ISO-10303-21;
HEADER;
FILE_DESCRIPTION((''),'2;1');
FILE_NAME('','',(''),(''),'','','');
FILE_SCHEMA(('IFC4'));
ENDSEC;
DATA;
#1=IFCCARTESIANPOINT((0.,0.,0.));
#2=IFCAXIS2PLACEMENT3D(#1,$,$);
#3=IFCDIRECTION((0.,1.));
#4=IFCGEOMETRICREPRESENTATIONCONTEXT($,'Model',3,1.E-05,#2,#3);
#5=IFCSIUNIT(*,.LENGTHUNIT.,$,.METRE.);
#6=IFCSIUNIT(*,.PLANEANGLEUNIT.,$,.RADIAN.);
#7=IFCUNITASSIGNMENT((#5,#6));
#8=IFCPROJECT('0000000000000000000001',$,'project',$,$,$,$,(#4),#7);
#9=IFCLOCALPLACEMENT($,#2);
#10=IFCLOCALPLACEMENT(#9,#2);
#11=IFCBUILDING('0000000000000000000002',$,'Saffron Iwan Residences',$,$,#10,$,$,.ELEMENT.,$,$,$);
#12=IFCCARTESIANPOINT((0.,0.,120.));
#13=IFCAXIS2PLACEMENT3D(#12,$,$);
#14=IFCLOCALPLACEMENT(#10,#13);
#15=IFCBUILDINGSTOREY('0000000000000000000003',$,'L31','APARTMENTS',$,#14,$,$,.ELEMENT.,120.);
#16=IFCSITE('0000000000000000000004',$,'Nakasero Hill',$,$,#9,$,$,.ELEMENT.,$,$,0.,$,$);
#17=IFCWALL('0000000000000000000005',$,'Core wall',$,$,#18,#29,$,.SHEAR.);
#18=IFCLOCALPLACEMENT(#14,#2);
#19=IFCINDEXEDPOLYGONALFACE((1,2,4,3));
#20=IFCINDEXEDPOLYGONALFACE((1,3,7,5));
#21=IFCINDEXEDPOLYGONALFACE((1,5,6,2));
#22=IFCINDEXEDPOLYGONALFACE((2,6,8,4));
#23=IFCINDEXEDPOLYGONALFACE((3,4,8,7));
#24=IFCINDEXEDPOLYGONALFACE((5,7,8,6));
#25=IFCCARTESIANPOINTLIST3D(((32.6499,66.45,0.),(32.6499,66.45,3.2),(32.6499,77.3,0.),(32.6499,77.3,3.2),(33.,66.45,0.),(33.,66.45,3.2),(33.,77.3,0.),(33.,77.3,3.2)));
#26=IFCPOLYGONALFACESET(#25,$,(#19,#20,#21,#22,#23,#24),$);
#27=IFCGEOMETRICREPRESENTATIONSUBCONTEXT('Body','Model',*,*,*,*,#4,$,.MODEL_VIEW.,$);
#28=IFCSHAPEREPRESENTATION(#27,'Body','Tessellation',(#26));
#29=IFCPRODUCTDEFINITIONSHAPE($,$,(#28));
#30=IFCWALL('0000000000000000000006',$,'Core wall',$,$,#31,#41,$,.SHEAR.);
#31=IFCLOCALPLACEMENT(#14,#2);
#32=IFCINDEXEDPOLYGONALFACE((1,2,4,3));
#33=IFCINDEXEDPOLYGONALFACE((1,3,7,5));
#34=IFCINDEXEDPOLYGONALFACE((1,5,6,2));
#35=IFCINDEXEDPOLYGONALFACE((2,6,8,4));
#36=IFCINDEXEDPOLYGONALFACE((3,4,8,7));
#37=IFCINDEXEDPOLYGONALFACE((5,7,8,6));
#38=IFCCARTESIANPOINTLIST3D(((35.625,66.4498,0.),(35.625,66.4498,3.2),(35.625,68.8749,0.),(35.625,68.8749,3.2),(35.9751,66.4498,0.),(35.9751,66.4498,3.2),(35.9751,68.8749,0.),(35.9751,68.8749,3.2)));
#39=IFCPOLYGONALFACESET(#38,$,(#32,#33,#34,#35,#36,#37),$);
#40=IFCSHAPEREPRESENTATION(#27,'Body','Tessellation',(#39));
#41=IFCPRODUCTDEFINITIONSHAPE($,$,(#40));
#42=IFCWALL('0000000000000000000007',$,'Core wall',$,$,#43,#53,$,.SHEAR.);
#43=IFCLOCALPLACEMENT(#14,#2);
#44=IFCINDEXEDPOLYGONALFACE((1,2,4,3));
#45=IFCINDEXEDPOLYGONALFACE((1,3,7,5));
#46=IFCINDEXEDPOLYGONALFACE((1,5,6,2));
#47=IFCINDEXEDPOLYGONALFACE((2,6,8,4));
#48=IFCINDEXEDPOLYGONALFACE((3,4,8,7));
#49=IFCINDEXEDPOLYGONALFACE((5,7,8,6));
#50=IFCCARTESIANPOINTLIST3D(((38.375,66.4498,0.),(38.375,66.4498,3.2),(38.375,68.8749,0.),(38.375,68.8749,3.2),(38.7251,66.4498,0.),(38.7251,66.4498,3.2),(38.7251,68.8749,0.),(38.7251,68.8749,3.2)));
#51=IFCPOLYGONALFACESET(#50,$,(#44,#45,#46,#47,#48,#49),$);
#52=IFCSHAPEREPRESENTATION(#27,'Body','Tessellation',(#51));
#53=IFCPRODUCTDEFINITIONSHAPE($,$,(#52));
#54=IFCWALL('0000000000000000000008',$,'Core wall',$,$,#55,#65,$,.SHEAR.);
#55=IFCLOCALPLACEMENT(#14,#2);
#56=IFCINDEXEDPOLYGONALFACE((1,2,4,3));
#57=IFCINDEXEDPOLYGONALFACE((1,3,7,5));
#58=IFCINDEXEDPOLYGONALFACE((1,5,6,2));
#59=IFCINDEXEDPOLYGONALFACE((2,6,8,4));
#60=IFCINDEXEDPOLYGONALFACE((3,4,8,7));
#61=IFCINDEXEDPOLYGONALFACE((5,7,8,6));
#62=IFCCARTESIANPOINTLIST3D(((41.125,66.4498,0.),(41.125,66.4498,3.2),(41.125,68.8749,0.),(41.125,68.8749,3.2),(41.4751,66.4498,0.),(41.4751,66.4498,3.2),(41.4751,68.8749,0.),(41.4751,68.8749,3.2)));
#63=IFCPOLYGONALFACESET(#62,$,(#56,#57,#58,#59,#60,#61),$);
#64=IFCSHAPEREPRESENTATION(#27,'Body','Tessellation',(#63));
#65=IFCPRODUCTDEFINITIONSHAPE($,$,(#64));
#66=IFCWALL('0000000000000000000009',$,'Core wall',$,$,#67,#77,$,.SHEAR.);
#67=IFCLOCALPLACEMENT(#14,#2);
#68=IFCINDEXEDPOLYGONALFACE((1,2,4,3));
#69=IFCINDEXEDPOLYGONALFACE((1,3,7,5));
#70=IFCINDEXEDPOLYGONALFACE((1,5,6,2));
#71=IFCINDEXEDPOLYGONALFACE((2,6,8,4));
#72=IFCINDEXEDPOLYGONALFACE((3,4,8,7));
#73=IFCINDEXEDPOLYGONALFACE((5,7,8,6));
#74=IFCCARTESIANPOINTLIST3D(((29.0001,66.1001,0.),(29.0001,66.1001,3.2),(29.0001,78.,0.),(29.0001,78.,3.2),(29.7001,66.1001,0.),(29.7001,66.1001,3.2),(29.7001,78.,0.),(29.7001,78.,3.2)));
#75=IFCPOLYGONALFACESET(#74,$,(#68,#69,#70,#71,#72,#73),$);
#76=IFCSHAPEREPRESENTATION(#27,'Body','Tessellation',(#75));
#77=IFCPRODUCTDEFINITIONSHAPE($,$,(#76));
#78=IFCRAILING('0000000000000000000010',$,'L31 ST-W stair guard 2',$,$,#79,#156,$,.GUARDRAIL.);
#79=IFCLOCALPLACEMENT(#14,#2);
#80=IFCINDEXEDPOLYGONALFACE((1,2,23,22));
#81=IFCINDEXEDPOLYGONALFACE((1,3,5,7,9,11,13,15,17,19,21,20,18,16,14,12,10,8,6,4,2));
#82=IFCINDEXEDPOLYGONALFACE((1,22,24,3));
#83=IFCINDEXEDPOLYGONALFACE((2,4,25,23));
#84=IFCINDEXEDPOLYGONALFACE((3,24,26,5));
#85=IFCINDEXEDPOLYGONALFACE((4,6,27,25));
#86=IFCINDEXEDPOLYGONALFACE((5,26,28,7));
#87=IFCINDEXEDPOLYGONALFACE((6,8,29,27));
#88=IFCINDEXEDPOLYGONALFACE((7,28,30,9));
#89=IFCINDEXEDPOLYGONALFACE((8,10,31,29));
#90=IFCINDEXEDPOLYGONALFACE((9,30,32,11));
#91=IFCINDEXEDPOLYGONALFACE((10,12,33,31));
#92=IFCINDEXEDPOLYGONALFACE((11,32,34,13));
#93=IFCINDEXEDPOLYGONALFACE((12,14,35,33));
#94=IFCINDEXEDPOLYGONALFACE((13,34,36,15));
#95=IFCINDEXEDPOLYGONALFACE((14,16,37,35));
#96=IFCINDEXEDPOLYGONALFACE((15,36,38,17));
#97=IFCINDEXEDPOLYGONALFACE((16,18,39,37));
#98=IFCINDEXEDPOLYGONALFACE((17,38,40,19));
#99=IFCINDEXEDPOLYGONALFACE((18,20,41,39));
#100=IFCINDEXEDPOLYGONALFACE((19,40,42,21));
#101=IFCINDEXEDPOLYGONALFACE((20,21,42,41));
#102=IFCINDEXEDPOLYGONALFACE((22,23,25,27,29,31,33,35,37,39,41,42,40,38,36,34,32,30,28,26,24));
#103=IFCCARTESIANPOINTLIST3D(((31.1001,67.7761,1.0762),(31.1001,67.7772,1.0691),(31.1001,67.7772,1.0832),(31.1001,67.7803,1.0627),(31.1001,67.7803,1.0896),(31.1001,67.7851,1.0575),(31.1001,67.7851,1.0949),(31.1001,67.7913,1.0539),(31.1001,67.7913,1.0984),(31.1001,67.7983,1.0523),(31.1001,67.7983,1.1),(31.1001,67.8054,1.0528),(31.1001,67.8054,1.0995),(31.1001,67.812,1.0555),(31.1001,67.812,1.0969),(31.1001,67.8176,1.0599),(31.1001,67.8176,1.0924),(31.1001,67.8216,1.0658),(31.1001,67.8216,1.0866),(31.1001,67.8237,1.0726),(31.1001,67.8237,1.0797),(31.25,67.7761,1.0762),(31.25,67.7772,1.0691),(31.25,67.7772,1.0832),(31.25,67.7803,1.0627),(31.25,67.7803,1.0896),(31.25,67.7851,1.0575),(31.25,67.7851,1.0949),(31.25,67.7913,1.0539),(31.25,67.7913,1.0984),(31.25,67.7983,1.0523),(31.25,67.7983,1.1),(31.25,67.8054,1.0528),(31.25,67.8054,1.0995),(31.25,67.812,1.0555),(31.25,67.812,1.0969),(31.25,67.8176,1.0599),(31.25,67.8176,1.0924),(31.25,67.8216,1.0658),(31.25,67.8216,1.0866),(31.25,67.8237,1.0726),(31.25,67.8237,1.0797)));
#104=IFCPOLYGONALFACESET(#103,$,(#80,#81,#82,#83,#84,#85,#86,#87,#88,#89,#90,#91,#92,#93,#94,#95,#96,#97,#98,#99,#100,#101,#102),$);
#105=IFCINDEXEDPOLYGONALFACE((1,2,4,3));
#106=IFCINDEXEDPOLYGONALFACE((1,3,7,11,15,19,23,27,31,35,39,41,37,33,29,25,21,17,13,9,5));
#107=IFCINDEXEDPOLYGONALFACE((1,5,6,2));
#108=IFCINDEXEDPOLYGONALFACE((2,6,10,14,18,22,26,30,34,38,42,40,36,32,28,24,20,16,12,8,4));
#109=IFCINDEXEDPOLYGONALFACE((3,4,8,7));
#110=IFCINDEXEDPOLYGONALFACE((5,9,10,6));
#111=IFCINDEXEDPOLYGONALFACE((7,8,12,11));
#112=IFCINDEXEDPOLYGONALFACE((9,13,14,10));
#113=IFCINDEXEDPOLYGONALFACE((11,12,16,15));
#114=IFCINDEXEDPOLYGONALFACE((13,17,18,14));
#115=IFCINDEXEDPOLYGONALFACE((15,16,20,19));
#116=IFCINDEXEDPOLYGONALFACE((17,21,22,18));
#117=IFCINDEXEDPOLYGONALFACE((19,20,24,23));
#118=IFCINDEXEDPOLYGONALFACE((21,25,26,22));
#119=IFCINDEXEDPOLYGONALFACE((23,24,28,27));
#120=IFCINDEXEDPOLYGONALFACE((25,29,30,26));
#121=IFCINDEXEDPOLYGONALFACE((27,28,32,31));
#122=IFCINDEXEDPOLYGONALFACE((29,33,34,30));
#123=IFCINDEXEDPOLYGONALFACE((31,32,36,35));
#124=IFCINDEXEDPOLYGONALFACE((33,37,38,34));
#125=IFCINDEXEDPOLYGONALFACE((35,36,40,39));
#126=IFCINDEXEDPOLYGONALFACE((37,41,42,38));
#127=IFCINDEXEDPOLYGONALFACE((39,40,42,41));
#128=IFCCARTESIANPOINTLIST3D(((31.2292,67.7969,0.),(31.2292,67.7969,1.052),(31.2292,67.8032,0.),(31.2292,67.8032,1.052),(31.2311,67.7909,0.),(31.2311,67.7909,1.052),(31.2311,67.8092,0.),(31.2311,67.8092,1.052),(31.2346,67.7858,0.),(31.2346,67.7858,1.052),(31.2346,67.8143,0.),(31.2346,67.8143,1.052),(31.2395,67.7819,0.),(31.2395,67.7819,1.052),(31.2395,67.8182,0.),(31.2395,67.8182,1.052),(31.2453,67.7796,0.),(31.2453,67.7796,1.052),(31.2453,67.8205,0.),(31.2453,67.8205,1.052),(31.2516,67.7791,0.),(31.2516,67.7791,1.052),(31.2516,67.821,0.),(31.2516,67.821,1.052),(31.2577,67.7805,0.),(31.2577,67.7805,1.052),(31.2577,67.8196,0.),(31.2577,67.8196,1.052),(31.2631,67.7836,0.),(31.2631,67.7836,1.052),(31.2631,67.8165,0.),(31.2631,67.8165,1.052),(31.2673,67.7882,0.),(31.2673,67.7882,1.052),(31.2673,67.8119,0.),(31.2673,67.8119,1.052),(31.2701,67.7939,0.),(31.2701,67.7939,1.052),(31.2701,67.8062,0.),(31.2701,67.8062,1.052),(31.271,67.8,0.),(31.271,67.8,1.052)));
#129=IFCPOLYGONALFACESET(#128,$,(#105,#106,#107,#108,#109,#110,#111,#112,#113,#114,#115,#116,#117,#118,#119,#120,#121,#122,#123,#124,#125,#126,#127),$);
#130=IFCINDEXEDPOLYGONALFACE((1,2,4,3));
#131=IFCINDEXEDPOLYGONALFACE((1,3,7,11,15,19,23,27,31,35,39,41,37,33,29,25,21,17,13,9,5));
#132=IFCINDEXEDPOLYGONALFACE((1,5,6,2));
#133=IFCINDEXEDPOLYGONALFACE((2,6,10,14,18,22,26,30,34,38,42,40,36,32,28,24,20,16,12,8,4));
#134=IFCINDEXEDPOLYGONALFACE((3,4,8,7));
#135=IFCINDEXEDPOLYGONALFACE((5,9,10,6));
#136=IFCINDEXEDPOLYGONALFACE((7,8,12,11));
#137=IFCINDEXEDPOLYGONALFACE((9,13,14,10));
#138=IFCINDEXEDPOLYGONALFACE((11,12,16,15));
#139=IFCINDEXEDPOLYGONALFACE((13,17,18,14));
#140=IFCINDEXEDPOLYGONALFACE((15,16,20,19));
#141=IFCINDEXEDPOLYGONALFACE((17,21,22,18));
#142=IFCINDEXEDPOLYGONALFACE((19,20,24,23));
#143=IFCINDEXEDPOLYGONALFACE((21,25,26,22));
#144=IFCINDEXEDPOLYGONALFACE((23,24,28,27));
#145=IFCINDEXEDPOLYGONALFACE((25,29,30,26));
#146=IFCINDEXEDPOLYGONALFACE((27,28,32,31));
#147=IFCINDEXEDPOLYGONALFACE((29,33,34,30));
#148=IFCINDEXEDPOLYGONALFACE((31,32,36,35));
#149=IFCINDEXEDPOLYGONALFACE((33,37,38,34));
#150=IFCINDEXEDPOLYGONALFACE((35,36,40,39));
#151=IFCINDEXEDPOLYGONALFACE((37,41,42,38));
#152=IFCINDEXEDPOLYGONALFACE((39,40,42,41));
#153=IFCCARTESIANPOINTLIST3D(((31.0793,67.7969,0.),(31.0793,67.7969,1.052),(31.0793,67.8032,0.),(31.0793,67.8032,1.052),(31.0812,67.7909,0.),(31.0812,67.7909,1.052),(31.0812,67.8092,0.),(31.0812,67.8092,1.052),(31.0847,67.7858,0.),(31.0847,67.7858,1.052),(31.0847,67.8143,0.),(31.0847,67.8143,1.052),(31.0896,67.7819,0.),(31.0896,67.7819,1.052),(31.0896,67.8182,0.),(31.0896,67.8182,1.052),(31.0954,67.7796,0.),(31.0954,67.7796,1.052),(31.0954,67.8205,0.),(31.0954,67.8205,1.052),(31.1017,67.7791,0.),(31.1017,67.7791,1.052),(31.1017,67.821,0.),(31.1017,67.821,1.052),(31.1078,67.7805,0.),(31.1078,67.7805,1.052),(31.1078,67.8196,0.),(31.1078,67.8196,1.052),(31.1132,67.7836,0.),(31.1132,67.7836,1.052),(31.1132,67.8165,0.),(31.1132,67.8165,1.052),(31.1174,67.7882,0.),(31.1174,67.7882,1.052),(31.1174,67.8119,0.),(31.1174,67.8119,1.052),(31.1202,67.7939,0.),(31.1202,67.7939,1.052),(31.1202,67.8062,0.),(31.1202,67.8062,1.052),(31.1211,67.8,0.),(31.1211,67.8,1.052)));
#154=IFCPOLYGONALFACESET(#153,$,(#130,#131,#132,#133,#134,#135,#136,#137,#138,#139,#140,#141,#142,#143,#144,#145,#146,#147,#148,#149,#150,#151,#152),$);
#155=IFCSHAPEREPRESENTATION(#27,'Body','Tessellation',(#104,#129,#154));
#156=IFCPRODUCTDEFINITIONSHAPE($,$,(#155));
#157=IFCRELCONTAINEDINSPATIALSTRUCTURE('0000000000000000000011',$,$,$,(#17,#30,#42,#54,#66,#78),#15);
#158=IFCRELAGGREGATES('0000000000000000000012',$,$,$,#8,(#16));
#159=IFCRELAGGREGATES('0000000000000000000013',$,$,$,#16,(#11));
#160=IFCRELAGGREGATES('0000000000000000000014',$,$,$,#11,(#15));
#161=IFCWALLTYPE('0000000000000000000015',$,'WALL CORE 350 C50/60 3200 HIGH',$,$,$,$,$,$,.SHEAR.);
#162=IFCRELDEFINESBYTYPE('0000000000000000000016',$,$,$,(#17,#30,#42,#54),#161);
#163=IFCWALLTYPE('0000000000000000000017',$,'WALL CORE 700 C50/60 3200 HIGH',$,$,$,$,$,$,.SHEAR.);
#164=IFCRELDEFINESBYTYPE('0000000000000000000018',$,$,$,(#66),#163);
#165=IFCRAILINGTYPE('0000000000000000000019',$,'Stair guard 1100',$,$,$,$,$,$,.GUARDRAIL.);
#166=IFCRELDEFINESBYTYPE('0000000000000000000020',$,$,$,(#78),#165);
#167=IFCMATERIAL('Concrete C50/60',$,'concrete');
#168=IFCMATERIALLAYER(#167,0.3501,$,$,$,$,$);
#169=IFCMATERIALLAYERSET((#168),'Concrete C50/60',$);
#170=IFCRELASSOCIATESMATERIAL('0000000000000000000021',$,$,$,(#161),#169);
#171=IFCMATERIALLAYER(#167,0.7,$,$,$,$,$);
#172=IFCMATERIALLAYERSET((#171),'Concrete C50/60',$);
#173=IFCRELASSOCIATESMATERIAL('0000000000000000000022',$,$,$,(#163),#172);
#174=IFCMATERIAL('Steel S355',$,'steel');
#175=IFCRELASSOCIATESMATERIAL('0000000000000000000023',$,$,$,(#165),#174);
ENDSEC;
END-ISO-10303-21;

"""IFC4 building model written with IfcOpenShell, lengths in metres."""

from ifc_helpers import new_model, si_unit, direction, frame, frame_2d, origin, origin_2d, place, context, subcontext, project, spatial, rectangle, circle, extrude, material, layer, layer_set, type_object, element, save


model = new_model("IFC4")

# Units and contexts
model_context = context("Model", 3, precision=1e-05, world=origin(), true_north=direction((0.0, 1.0)))
body_context = subcontext(model_context, "Body", "Model", "MODEL_VIEW")
ifc_project = project(units=[si_unit("LENGTHUNIT", "METRE"), si_unit("PLANEANGLEUNIT", "RADIAN")], contexts=[model_context])

# Site, building, storey
site_placement = place(None, origin())
site = spatial("IfcSite", under=ifc_project, at=site_placement, Name="Nakasero Hill", CompositionType="ELEMENT", RefElevation=0.0)
building_placement = place(site_placement, origin())
building = spatial("IfcBuilding", under=site, at=building_placement, Name="Saffron Iwan Residences", CompositionType="ELEMENT")
storey_placement = place(building_placement, frame((0.0, 0.0, 120.0)))
storey = spatial("IfcBuildingStorey", under=building, at=storey_placement, Name="L31", Description="APARTMENTS", CompositionType="ELEMENT", Elevation=120.0)

# Shared definitions
ifc_material_1 = material(Name="Concrete C50/60", Category="concrete")

# Shared definitions
ifc_layer_1 = layer(ifc_material_1, 0.3501)
ifc_layer_set_1 = layer_set([ifc_layer_1], Name="Concrete C50/60")
wall_type_1 = type_object("IfcWallType", Name="WALL CORE 350 C50/60 3200 HIGH", PredefinedType="SHEAR", material=ifc_layer_set_1)

# Walls
wall_1_placement = place(storey_placement, frame((32.825, 66.45, 0.0), z_axis=(0.0, 0.0, 1.0), x_axis=(0.0, 1.0, 0.0)))
element("IfcWall", 1, at=wall_1_placement, inside=storey, type_object=wall_type_1, Name="Core wall", PredefinedType="SHEAR", context=body_context, shape_type="SweptSolid", body=[
    extrude(rectangle(XDim=10.8501, YDim=0.3501, at=frame_2d((5.425, 0.0))), origin(), (0.0, 0.0, 1.0), 3.2),
])
for number, where, z_axis, x_axis, name in (
    (2, (35.8, 66.45, 0.0), (0.0, 0.0, 1.0), (0.0, 1.0, 0.0), "Core wall"),
    (3, (38.55, 66.45, 0.0), (0.0, 0.0, 1.0), (0.0, 1.0, 0.0), "Core wall"),
    (4, (41.3, 66.45, 0.0), (0.0, 0.0, 1.0), (0.0, 1.0, 0.0), "Core wall"),
):
    element("IfcWall", number, at=place(storey_placement, frame(where, z_axis=z_axis, x_axis=x_axis)), inside=storey, type_object=wall_type_1, Name=name, PredefinedType="SHEAR", context=body_context, shape_type="SweptSolid", body=[
        extrude(rectangle(XDim=2.425, YDim=0.3501, at=frame_2d((1.2124, 0.0))), origin(), (0.0, 0.0, 1.0), 3.2),
    ])
ifc_layer_2 = layer(ifc_material_1, 0.7)
ifc_layer_set_2 = layer_set([ifc_layer_2], Name="Concrete C50/60")
wall_type_2 = type_object("IfcWallType", Name="WALL CORE 700 C50/60 3200 HIGH", PredefinedType="SHEAR", material=ifc_layer_set_2)
wall_2_placement = place(storey_placement, frame((29.3501, 66.1001, 0.0), z_axis=(0.0, 0.0, 1.0), x_axis=(0.0, 1.0, 0.0)))
element("IfcWall", 5, at=wall_2_placement, inside=storey, type_object=wall_type_2, Name="Core wall", PredefinedType="SHEAR", context=body_context, shape_type="SweptSolid", body=[
    extrude(rectangle(XDim=11.8999, YDim=0.7, at=frame_2d((5.95, 0.0))), origin(), (0.0, 0.0, 1.0), 3.2),
])

# Railing
ifc_material_2 = material(Name="Steel S355", Category="steel")
railing_type_1 = type_object("IfcRailingType", Name="Stair guard 1100", PredefinedType="GUARDRAIL", material=ifc_material_2)
railing_1_placement = place(storey_placement, frame((31.25, 67.8, 0.0)))
element("IfcRailing", 6, at=railing_1_placement, inside=storey, type_object=railing_type_1, Name="L31 ST-W stair guard 2", PredefinedType="GUARDRAIL", context=body_context, shape_type="SweptSolid", body=[
    extrude(circle(Radius=0.0239, at=origin_2d()), frame((0.0, 0.0, 1.0762), z_axis=(-1.0, 0.0, 0.0), x_axis=(0.0, -1.0, 0.0)), (0.0, 0.0, 1.0), 0.1499),
    extrude(circle(Radius=0.021, at=origin_2d()), origin(), (0.0, 0.0, 1.0), 1.052),
    extrude(circle(Radius=0.021, at=origin_2d()), frame((-0.1499, 0.0, 0.0)), (0.0, 0.0, 1.0), 1.052),
])

save(model, "model.ifc")
